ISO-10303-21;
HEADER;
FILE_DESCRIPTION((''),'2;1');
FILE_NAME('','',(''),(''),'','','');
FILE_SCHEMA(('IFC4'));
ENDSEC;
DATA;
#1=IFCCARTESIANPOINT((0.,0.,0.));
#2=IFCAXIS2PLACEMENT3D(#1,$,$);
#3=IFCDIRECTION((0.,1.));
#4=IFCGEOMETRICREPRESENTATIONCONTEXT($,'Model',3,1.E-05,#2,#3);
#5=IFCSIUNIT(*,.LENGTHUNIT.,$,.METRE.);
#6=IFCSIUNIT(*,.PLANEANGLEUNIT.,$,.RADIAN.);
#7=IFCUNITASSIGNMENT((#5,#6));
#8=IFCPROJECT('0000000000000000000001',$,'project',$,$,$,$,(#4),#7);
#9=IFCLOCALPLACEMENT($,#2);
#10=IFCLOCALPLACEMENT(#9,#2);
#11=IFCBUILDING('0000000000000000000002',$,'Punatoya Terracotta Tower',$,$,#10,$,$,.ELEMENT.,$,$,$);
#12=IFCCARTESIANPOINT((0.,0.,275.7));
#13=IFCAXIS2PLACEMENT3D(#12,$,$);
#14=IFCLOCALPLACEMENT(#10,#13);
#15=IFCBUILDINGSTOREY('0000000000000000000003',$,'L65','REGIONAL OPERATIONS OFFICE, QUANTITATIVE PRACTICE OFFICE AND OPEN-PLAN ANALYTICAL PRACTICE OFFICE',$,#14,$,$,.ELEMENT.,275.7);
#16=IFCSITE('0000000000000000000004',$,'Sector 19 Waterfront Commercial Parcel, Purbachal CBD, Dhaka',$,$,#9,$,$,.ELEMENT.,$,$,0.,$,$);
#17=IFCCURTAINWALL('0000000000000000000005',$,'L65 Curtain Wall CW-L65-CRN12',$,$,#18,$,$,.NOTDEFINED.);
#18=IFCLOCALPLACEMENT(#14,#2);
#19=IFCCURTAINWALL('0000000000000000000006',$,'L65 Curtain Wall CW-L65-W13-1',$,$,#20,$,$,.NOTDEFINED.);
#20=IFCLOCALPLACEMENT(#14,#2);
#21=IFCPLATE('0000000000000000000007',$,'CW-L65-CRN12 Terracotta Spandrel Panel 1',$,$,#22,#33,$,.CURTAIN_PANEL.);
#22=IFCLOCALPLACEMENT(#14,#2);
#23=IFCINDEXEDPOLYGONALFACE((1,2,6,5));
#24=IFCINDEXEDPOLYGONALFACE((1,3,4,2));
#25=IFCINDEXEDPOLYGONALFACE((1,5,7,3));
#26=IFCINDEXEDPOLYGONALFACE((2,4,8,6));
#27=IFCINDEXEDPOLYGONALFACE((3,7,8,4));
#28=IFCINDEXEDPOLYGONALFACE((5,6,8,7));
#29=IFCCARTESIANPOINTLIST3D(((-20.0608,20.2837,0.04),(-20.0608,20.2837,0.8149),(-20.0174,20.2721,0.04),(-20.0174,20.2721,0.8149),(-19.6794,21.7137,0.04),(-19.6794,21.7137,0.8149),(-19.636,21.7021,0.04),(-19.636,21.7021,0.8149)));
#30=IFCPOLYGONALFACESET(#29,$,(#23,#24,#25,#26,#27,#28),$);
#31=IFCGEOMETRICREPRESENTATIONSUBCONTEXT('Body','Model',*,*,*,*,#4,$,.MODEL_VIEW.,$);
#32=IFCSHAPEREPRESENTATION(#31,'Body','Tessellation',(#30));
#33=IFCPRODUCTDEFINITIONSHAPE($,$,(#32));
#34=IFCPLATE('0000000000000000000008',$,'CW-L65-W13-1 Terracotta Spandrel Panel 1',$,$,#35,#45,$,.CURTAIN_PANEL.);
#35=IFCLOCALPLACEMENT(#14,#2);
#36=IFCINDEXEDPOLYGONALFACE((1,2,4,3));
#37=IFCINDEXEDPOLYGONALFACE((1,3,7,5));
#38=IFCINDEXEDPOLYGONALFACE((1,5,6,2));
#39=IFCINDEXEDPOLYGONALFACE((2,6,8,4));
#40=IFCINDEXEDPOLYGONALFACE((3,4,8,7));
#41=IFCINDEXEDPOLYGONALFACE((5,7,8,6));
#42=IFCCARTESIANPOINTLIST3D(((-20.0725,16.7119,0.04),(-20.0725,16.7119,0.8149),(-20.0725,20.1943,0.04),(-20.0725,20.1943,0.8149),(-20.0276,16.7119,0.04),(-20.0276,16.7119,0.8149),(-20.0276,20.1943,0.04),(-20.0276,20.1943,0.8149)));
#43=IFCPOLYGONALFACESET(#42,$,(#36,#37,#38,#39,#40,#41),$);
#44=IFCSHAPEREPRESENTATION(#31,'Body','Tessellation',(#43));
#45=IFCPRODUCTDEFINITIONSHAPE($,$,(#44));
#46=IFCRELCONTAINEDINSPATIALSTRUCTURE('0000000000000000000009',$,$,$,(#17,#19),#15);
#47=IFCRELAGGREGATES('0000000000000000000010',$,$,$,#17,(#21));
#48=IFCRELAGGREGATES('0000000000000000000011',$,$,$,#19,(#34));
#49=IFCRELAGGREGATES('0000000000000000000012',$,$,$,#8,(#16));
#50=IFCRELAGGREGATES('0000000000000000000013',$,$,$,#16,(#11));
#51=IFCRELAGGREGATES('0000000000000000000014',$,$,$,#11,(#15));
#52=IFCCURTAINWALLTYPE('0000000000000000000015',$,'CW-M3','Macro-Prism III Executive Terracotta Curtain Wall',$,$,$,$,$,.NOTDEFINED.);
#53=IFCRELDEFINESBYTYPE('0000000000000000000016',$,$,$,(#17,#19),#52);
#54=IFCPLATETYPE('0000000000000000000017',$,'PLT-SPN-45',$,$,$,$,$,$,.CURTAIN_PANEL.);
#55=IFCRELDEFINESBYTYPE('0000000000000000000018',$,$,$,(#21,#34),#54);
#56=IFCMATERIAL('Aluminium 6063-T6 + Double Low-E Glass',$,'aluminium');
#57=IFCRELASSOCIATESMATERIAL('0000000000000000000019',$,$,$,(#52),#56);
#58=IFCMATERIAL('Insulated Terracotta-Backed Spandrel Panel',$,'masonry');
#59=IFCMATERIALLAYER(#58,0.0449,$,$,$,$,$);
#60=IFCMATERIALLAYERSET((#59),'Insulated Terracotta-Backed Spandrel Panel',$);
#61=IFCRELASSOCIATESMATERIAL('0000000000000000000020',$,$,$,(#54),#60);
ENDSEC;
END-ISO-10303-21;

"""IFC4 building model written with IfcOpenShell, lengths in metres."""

from ifc_helpers import new_model, si_unit, direction, frame, origin, origin_2d, place, context, subcontext, project, spatial, rectangle, extrude, material, layer, layer_set, type_object, element, aggregate, save


model = new_model("IFC4")

# Units and contexts
model_context = context("Model", 3, precision=1e-05, world=origin(), true_north=direction((0.0, 1.0)))
body_context = subcontext(model_context, "Body", "Model", "MODEL_VIEW")
ifc_project = project(units=[si_unit("LENGTHUNIT", "METRE"), si_unit("PLANEANGLEUNIT", "RADIAN")], contexts=[model_context])

# Site, building, storey
site_placement = place(None, origin())
site = spatial("IfcSite", under=ifc_project, at=site_placement, Name="Sector 19 Waterfront Commercial Parcel, Purbachal CBD, Dhaka", CompositionType="ELEMENT", RefElevation=0.0)
building_placement = place(site_placement, origin())
building = spatial("IfcBuilding", under=site, at=building_placement, Name="Punatoya Terracotta Tower", CompositionType="ELEMENT")
storey_placement = place(building_placement, frame((0.0, 0.0, 275.7)))
storey = spatial("IfcBuildingStorey", under=building, at=storey_placement, Name="L65", Description="REGIONAL OPERATIONS OFFICE, QUANTITATIVE PRACTICE OFFICE AND OPEN-PLAN ANALYTICAL PRACTICE OFFICE", CompositionType="ELEMENT", Elevation=275.7)

# Shared definitions
ifc_material_1 = material(Name="Aluminium 6063-T6 + Double Low-E Glass", Category="aluminium")
curtain_wall_type = type_object("IfcCurtainWallType", Name="CW-M3", Description="Macro-Prism III Executive Terracotta Curtain Wall", PredefinedType="NOTDEFINED", material=ifc_material_1)

# Curtain wall
curtain_wall_1_placement = place(storey_placement, origin())
curtain_wall_1 = element("IfcCurtainWall", 1, at=curtain_wall_1_placement, inside=storey, type_object=curtain_wall_type, Name="L65 Curtain Wall CW-L65-CRN12", PredefinedType="NOTDEFINED")

# Curtain wall
curtain_wall_2_placement = place(storey_placement, origin())
curtain_wall_2 = element("IfcCurtainWall", 2, at=curtain_wall_2_placement, inside=storey, type_object=curtain_wall_type, Name="L65 Curtain Wall CW-L65-W13-1", PredefinedType="NOTDEFINED")

# Plates
ifc_material_2 = material(Name="Insulated Terracotta-Backed Spandrel Panel", Category="masonry")
ifc_layer_1 = layer(ifc_material_2, 0.0449)
ifc_layer_set_1 = layer_set([ifc_layer_1], Name="Insulated Terracotta-Backed Spandrel Panel")
plate_type_1 = type_object("IfcPlateType", Name="PLT-SPN-45", PredefinedType="CURTAIN_PANEL", material=ifc_layer_set_1)
plate_1_placement = place(storey_placement, frame((-19.8484, 20.9929, 0.04), z_axis=(0.0, 0.0, 1.0), x_axis=(-0.257742, -0.966214, 0.0)))
plate_1 = element("IfcPlate", 3, at=plate_1_placement, type_object=plate_type_1, Name="CW-L65-CRN12 Terracotta Spandrel Panel 1", PredefinedType="CURTAIN_PANEL", context=body_context, shape_type="SweptSolid", body=[
    extrude(rectangle(XDim=1.48, YDim=0.0449, at=origin_2d()), origin(), (0.0, 0.0, 1.0), 0.7749),
])
aggregate(curtain_wall_1, [plate_1])
plate_2_placement = place(storey_placement, frame((-20.05, 18.4531, 0.04), z_axis=(0.0, 0.0, 1.0), x_axis=(0.0, -1.0, 0.0)))
plate_2 = element("IfcPlate", 4, at=plate_2_placement, type_object=plate_type_1, Name="CW-L65-W13-1 Terracotta Spandrel Panel 1", PredefinedType="CURTAIN_PANEL", context=body_context, shape_type="SweptSolid", body=[
    extrude(rectangle(XDim=3.4824, YDim=0.0449, at=origin_2d()), origin(), (0.0, 0.0, 1.0), 0.7749),
])
aggregate(curtain_wall_2, [plate_2])

save(model, "model.ifc")
